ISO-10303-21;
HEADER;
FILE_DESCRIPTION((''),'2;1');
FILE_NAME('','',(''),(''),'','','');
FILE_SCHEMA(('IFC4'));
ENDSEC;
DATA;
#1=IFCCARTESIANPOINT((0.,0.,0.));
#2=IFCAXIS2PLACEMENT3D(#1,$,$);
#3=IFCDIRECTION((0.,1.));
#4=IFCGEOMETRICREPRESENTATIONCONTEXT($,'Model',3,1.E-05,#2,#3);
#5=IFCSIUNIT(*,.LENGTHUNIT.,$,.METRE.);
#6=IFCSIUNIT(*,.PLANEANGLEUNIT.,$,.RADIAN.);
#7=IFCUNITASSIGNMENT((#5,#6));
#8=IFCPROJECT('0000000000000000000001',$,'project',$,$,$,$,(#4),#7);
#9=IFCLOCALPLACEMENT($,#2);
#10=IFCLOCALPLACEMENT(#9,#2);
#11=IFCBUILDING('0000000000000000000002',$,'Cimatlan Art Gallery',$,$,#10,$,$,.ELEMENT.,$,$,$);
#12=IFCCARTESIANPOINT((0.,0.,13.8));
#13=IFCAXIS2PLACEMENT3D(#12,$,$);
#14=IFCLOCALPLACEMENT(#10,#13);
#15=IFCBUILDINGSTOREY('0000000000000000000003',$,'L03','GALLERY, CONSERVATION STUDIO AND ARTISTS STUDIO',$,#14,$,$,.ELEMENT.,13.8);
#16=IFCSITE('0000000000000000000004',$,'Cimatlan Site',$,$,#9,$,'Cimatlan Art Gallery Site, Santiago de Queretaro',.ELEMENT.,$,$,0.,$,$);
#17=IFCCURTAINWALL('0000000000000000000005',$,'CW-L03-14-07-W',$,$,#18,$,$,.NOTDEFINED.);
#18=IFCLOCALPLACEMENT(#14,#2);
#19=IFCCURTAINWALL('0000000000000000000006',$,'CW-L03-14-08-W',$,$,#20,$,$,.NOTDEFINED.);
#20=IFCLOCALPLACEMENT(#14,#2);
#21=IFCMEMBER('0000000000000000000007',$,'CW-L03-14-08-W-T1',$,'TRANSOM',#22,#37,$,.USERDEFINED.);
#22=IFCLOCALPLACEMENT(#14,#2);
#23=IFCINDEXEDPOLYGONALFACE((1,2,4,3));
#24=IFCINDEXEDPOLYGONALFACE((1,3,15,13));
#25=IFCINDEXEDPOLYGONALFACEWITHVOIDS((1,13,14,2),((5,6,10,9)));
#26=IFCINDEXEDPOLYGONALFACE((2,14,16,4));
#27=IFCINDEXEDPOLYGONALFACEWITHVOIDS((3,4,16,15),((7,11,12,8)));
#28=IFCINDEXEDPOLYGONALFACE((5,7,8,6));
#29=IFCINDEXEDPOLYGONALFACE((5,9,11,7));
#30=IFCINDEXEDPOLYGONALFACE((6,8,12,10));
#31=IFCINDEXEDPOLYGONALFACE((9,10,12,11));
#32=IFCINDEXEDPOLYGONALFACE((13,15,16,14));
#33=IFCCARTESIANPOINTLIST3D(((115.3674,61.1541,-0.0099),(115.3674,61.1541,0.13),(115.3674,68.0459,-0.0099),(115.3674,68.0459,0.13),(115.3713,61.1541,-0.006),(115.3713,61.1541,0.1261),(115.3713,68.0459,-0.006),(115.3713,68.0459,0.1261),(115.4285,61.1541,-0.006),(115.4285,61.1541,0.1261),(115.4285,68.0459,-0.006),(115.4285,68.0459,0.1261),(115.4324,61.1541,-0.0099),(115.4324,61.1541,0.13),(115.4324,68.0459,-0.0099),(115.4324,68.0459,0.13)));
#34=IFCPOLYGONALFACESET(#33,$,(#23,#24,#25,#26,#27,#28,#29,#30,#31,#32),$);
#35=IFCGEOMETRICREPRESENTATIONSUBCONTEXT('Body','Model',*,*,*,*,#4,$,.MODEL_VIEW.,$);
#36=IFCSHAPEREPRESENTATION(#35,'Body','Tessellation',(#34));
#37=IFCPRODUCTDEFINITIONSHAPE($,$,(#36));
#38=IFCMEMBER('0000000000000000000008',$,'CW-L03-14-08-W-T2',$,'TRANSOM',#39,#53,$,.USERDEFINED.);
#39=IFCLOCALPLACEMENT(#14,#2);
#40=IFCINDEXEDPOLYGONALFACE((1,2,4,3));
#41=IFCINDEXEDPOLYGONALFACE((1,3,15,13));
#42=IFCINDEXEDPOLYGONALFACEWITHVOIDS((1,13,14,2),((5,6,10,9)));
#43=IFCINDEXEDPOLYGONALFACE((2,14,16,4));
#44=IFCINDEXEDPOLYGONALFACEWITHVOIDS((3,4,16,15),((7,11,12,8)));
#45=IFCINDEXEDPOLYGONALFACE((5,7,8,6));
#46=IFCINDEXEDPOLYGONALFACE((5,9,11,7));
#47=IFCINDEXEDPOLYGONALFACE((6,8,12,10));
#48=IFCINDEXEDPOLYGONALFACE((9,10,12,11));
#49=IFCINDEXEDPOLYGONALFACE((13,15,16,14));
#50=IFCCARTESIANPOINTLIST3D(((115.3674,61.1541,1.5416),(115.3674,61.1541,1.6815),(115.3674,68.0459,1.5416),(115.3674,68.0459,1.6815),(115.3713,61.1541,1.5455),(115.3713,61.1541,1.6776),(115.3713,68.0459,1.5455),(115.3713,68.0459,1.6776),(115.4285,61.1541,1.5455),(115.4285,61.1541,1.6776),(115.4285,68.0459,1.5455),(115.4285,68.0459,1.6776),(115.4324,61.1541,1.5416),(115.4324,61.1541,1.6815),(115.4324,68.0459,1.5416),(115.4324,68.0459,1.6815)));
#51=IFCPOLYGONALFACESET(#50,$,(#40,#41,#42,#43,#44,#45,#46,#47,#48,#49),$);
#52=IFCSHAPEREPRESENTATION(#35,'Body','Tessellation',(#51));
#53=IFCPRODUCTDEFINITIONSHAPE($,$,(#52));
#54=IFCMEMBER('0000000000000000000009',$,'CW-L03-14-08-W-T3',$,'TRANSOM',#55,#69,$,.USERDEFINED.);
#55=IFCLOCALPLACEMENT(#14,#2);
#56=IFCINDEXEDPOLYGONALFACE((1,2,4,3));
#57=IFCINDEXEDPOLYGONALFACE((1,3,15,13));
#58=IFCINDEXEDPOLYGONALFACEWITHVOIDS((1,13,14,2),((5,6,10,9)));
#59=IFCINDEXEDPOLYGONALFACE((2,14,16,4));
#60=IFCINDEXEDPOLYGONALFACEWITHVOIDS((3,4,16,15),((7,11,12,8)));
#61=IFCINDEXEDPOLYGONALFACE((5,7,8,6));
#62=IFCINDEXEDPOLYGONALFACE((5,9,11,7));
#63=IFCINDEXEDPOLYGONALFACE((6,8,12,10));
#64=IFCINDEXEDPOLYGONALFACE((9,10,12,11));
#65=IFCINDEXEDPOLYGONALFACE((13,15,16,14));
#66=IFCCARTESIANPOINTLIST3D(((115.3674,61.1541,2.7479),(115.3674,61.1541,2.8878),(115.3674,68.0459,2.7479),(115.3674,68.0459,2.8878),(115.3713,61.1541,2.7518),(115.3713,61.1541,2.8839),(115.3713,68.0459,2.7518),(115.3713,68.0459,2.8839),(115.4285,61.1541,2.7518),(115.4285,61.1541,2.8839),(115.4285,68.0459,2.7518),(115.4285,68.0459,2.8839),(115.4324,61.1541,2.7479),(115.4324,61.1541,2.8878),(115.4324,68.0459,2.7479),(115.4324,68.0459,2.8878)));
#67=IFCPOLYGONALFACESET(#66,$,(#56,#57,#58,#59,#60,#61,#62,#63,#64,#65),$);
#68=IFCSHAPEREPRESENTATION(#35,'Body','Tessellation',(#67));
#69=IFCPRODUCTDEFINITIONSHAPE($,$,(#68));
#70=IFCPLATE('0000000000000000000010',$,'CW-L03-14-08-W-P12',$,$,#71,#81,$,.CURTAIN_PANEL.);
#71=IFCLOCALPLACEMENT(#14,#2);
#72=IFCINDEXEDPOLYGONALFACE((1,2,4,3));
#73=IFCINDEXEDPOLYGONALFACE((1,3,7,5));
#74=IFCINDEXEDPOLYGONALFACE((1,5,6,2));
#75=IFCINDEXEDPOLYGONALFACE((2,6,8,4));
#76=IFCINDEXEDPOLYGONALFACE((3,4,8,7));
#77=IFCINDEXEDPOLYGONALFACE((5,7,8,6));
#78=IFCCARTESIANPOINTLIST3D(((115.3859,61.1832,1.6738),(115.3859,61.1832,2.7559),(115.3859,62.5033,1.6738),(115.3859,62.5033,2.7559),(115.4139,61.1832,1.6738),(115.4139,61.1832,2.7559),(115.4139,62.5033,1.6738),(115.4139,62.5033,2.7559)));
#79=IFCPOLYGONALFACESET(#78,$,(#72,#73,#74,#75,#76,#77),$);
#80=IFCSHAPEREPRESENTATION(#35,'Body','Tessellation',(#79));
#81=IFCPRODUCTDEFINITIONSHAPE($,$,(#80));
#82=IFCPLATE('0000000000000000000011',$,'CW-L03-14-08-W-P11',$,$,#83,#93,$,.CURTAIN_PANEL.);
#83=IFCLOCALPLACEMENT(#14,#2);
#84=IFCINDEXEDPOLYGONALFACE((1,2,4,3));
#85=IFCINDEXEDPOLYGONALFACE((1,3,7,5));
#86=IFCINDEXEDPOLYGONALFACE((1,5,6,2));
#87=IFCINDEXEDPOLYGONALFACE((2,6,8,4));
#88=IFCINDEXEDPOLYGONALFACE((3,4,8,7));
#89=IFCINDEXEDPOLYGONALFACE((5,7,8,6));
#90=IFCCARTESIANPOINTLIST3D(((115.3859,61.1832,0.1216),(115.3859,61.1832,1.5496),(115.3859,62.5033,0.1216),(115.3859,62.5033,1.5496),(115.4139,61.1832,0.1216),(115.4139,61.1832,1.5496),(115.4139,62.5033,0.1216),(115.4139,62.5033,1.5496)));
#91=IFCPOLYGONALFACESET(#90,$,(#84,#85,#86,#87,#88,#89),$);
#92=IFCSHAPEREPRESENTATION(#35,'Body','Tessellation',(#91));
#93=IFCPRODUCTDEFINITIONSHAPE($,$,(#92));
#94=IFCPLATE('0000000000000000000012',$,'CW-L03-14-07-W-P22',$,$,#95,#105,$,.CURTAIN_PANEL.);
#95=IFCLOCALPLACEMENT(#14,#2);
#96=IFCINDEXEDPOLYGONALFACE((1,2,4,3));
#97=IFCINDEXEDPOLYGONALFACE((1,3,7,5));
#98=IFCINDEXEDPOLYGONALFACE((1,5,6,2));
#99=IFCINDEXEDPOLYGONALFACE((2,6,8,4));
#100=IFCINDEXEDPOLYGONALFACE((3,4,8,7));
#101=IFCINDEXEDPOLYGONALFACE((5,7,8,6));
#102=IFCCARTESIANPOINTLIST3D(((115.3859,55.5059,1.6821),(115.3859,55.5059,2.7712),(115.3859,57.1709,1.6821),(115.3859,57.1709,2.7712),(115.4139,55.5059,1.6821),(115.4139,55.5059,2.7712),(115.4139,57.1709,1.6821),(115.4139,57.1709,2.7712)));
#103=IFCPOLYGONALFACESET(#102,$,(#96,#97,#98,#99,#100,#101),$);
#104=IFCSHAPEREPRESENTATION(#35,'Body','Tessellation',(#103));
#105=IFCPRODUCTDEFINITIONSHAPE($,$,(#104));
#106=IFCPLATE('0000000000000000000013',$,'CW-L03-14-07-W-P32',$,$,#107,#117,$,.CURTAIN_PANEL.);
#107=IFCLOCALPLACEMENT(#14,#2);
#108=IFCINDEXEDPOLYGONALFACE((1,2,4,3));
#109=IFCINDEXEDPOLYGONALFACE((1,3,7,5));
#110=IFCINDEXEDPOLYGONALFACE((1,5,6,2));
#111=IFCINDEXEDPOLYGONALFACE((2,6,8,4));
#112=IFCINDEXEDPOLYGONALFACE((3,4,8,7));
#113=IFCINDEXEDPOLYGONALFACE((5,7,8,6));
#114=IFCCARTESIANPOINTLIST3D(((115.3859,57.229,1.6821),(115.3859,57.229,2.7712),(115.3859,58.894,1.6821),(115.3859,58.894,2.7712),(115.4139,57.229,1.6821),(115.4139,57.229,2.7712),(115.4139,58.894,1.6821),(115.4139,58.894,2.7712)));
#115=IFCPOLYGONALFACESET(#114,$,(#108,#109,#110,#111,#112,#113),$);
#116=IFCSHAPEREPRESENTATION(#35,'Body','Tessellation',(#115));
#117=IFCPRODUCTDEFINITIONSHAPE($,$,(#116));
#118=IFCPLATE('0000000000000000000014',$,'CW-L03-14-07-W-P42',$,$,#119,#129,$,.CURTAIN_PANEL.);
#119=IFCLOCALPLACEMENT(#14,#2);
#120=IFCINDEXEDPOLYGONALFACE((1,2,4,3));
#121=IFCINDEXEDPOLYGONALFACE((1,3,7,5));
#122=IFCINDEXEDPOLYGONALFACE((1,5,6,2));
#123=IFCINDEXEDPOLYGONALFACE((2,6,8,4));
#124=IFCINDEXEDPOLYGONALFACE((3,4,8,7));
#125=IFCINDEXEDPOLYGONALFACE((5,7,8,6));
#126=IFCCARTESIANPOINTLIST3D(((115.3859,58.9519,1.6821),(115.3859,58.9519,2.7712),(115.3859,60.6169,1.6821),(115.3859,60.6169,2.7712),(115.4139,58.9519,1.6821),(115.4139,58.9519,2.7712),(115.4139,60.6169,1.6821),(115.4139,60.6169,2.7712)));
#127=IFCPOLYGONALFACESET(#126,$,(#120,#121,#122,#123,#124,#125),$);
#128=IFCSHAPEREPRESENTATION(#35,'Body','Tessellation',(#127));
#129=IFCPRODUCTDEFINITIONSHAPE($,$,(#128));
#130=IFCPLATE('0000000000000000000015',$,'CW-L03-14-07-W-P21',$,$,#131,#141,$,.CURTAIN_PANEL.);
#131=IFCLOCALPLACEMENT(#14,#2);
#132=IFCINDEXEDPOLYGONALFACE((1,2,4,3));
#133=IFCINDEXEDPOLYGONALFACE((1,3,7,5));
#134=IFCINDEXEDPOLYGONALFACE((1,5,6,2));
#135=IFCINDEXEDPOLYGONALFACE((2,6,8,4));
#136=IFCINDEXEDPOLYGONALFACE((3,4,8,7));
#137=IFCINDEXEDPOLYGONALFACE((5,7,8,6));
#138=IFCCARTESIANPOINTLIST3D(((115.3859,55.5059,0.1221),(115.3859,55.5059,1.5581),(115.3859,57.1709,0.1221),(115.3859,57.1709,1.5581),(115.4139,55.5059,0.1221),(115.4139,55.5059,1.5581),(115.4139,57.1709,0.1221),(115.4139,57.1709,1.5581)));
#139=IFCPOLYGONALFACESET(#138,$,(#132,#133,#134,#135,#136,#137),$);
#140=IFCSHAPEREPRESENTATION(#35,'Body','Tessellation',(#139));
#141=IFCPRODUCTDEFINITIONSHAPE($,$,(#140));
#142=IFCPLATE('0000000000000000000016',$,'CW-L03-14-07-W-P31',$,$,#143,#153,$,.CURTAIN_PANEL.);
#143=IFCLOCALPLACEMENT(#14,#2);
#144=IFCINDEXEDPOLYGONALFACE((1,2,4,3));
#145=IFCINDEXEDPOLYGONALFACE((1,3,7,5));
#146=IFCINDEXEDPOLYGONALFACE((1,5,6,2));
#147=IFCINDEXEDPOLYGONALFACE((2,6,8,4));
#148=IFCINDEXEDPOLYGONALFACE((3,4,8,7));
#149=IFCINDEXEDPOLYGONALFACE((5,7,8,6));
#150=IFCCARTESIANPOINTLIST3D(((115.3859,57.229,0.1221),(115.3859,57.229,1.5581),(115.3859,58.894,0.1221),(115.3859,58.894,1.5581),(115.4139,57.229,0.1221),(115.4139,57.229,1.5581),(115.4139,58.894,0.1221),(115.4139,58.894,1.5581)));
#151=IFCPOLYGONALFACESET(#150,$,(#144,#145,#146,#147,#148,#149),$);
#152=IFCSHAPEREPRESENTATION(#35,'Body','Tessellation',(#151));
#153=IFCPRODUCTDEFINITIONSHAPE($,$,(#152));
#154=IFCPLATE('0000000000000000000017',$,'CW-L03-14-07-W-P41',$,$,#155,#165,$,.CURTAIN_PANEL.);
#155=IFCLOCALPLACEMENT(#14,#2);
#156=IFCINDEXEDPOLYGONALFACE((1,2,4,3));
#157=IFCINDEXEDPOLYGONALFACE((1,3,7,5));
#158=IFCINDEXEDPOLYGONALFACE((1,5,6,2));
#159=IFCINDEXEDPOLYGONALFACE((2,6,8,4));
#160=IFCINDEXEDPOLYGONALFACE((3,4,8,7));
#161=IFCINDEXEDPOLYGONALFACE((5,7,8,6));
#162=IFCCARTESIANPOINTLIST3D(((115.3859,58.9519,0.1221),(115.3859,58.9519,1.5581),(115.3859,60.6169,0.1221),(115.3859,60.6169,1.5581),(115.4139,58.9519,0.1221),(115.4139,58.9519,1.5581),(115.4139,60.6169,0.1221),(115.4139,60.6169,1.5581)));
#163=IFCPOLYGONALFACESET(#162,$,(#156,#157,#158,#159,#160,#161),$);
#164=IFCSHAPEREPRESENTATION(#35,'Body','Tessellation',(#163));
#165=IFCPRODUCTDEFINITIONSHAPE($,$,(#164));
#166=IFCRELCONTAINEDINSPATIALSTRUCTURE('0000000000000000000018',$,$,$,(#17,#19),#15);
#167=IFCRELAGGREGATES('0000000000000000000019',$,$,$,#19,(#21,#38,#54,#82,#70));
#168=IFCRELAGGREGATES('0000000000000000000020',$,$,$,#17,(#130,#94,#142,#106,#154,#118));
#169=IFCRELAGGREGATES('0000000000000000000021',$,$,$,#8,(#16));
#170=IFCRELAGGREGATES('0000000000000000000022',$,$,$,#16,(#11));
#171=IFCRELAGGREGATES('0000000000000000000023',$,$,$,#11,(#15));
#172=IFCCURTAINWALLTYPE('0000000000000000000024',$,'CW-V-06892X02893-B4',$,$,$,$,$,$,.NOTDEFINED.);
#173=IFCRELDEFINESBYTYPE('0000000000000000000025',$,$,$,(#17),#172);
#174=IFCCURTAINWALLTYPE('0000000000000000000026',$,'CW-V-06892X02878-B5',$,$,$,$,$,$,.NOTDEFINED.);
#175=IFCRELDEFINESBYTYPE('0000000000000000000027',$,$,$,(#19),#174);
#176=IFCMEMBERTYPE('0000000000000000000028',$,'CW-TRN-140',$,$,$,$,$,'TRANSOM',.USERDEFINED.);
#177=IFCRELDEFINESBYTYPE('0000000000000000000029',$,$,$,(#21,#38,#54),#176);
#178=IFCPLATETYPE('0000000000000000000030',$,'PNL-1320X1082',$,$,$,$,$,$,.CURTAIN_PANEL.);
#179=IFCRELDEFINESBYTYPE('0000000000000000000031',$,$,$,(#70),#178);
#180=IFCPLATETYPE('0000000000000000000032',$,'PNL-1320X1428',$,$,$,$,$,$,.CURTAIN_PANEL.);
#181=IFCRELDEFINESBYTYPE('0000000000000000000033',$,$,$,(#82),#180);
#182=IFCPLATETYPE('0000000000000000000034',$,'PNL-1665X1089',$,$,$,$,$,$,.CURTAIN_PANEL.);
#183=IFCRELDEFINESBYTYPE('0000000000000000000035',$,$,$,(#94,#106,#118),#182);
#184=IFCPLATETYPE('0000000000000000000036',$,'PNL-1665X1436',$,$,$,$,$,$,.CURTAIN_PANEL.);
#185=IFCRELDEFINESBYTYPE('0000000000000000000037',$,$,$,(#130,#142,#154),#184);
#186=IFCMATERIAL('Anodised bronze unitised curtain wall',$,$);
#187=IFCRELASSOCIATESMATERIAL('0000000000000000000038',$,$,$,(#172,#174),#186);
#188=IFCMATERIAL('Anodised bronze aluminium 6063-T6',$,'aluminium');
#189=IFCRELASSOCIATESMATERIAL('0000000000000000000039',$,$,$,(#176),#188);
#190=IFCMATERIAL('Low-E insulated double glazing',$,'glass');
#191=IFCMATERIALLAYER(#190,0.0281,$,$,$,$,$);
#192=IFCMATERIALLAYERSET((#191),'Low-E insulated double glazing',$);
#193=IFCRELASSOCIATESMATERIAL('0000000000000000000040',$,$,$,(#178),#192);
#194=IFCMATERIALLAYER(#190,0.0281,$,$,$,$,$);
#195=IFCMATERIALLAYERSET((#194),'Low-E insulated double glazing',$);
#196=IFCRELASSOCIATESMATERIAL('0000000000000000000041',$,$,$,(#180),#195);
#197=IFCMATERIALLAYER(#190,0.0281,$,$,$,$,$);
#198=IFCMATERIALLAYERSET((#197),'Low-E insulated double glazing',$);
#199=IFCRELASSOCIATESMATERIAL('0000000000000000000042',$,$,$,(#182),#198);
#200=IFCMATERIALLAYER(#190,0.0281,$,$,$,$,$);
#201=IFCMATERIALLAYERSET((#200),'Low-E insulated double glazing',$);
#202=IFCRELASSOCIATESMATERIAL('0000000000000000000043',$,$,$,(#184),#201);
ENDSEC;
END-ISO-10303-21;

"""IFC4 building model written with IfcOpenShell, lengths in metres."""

from ifc_helpers import new_model, si_unit, direction, frame, origin, origin_2d, place, context, subcontext, project, spatial, rectangle, hollow_rectangle, extrude, material, layer, layer_set, material_profile, profile_set, type_object, element, aggregate, save


model = new_model("IFC4")

# Units and contexts
model_context = context("Model", 3, precision=1e-05, world=origin(), true_north=direction((0.0, 1.0)))
body_context = subcontext(model_context, "Body", "Model", "MODEL_VIEW")
ifc_project = project(units=[si_unit("LENGTHUNIT", "METRE"), si_unit("PLANEANGLEUNIT", "RADIAN")], contexts=[model_context])

# Site, building, storey
site_placement = place(None, origin())
site = spatial("IfcSite", under=ifc_project, at=site_placement, Name="Cimatlan Site", LongName="Cimatlan Art Gallery Site, Santiago de Queretaro", CompositionType="ELEMENT", RefElevation=0.0)
building_placement = place(site_placement, origin())
building = spatial("IfcBuilding", under=site, at=building_placement, Name="Cimatlan Art Gallery", CompositionType="ELEMENT")
storey_placement = place(building_placement, frame((0.0, 0.0, 13.8)))
storey = spatial("IfcBuildingStorey", under=building, at=storey_placement, Name="L03", Description="GALLERY, CONSERVATION STUDIO AND ARTISTS STUDIO", CompositionType="ELEMENT", Elevation=13.8)

# Curtain walls
ifc_material_1 = material(Name="Anodised bronze unitised curtain wall")
curtain_wall_type_1 = type_object("IfcCurtainWallType", Name="CW-V-06892X02893-B4", PredefinedType="NOTDEFINED", material=ifc_material_1)
curtain_wall_1_placement = place(storey_placement, origin())
curtain_wall_1 = element("IfcCurtainWall", 1, at=curtain_wall_1_placement, inside=storey, type_object=curtain_wall_type_1, Name="CW-L03-14-07-W", PredefinedType="NOTDEFINED")
ifc_material_2 = material(Name="Anodised bronze aluminium 6063-T6", Category="aluminium")
curtain_wall_type_2 = type_object("IfcCurtainWallType", Name="CW-V-06892X02878-B5", PredefinedType="NOTDEFINED", material=ifc_material_1)
curtain_wall_2_placement = place(storey_placement, origin())
curtain_wall_2 = element("IfcCurtainWall", 2, at=curtain_wall_2_placement, inside=storey, type_object=curtain_wall_type_2, Name="CW-L03-14-08-W", PredefinedType="NOTDEFINED")

# Members
ifc_material_profile_1 = material_profile(ifc_material_2, hollow_rectangle(XDim=0.0649, YDim=0.1399, WallThickness=0.0039, at=origin_2d()), Name="ALU65X140X4")
ifc_profile_set_1 = profile_set([ifc_material_profile_1], Name="Anodised bronze aluminium 6063-T6")
member_type_1 = type_object("IfcMemberType", Name="CW-TRN-140", ElementType="TRANSOM", PredefinedType="USERDEFINED", material=ifc_profile_set_1)
member_1_placement = place(storey_placement, frame((115.3999, 61.1541, 0.0601), z_axis=(0.0, 1.0, 0.0), x_axis=(-1.0, 0.0, 0.0)))
member_1 = element("IfcMember", 3, at=member_1_placement, type_object=member_type_1, Name="CW-L03-14-08-W-T1", ObjectType="TRANSOM", PredefinedType="USERDEFINED", context=body_context, shape_type="SweptSolid", body=[
    extrude(hollow_rectangle(XDim=0.0649, YDim=0.1399, WallThickness=0.0039, at=origin_2d()), origin(), (0.0, 0.0, 1.0), 6.8918),
])
member_2_placement = place(storey_placement, frame((115.3999, 61.1541, 1.6116), z_axis=(0.0, 1.0, 0.0), x_axis=(-1.0, 0.0, 0.0)))
member_2 = element("IfcMember", 4, at=member_2_placement, type_object=member_type_1, Name="CW-L03-14-08-W-T2", ObjectType="TRANSOM", PredefinedType="USERDEFINED", context=body_context, shape_type="SweptSolid", body=[
    extrude(hollow_rectangle(XDim=0.0649, YDim=0.1399, WallThickness=0.0039, at=origin_2d()), origin(), (0.0, 0.0, 1.0), 6.8918),
])
member_3_placement = place(storey_placement, frame((115.3999, 61.1541, 2.8179), z_axis=(0.0, 1.0, 0.0), x_axis=(-1.0, 0.0, 0.0)))
member_3 = element("IfcMember", 5, at=member_3_placement, type_object=member_type_1, Name="CW-L03-14-08-W-T3", ObjectType="TRANSOM", PredefinedType="USERDEFINED", context=body_context, shape_type="SweptSolid", body=[
    extrude(hollow_rectangle(XDim=0.0649, YDim=0.1399, WallThickness=0.0039, at=origin_2d()), origin(), (0.0, 0.0, 1.0), 6.8918),
])

# Plates
ifc_material_3 = material(Name="Low-E insulated double glazing", Category="glass")
ifc_layer_1 = layer(ifc_material_3, 0.0281)
ifc_layer_set_1 = layer_set([ifc_layer_1], Name="Low-E insulated double glazing")
plate_type_1 = type_object("IfcPlateType", Name="PNL-1320X1082", PredefinedType="CURTAIN_PANEL", material=ifc_layer_set_1)
plate_1_placement = place(storey_placement, frame((115.3999, 61.8433, 1.6738), z_axis=(0.0, 0.0, 1.0), x_axis=(0.0, 1.0, 0.0)))
plate_1 = element("IfcPlate", 6, at=plate_1_placement, type_object=plate_type_1, Name="CW-L03-14-08-W-P12", PredefinedType="CURTAIN_PANEL", context=body_context, shape_type="SweptSolid", body=[
    extrude(rectangle(XDim=1.3201, YDim=0.0281, at=origin_2d()), origin(), (0.0, 0.0, 1.0), 1.082),
])
ifc_layer_2 = layer(ifc_material_3, 0.0281)
ifc_layer_set_2 = layer_set([ifc_layer_2], Name="Low-E insulated double glazing")
plate_type_2 = type_object("IfcPlateType", Name="PNL-1320X1428", PredefinedType="CURTAIN_PANEL", material=ifc_layer_set_2)
plate_2_placement = place(storey_placement, frame((115.3999, 61.8433, 0.1216), z_axis=(0.0, 0.0, 1.0), x_axis=(0.0, 1.0, 0.0)))
plate_2 = element("IfcPlate", 7, at=plate_2_placement, type_object=plate_type_2, Name="CW-L03-14-08-W-P11", PredefinedType="CURTAIN_PANEL", context=body_context, shape_type="SweptSolid", body=[
    extrude(rectangle(XDim=1.3201, YDim=0.0281, at=origin_2d()), origin(), (0.0, 0.0, 1.0), 1.428),
])
aggregate(curtain_wall_2, [member_1, member_2, member_3, plate_2, plate_1])
ifc_layer_3 = layer(ifc_material_3, 0.0281)
ifc_layer_set_3 = layer_set([ifc_layer_3], Name="Low-E insulated double glazing")
plate_type_3 = type_object("IfcPlateType", Name="PNL-1665X1089", PredefinedType="CURTAIN_PANEL", material=ifc_layer_set_3)
plate_3_placement = place(storey_placement, frame((115.3999, 56.3384, 1.6821), z_axis=(0.0, 0.0, 1.0), x_axis=(0.0, 1.0, 0.0)))
plate_3 = element("IfcPlate", 8, at=plate_3_placement, type_object=plate_type_3, Name="CW-L03-14-07-W-P22", PredefinedType="CURTAIN_PANEL", context=body_context, shape_type="SweptSolid", body=[
    extrude(rectangle(XDim=1.665, YDim=0.0281, at=origin_2d()), origin(), (0.0, 0.0, 1.0), 1.0891),
])
plate_4_placement = place(storey_placement, frame((115.3999, 58.0615, 1.6821), z_axis=(0.0, 0.0, 1.0), x_axis=(0.0, 1.0, 0.0)))
plate_4 = element("IfcPlate", 9, at=plate_4_placement, type_object=plate_type_3, Name="CW-L03-14-07-W-P32", PredefinedType="CURTAIN_PANEL", context=body_context, shape_type="SweptSolid", body=[
    extrude(rectangle(XDim=1.665, YDim=0.0281, at=origin_2d()), origin(), (0.0, 0.0, 1.0), 1.0891),
])
plate_5_placement = place(storey_placement, frame((115.3999, 59.7844, 1.6821), z_axis=(0.0, 0.0, 1.0), x_axis=(0.0, 1.0, 0.0)))
plate_5 = element("IfcPlate", 10, at=plate_5_placement, type_object=plate_type_3, Name="CW-L03-14-07-W-P42", PredefinedType="CURTAIN_PANEL", context=body_context, shape_type="SweptSolid", body=[
    extrude(rectangle(XDim=1.665, YDim=0.0281, at=origin_2d()), origin(), (0.0, 0.0, 1.0), 1.0891),
])
ifc_layer_4 = layer(ifc_material_3, 0.0281)
ifc_layer_set_4 = layer_set([ifc_layer_4], Name="Low-E insulated double glazing")
plate_type_4 = type_object("IfcPlateType", Name="PNL-1665X1436", PredefinedType="CURTAIN_PANEL", material=ifc_layer_set_4)
plate_6_placement = place(storey_placement, frame((115.3999, 56.3384, 0.1221), z_axis=(0.0, 0.0, 1.0), x_axis=(0.0, 1.0, 0.0)))
plate_6 = element("IfcPlate", 11, at=plate_6_placement, type_object=plate_type_4, Name="CW-L03-14-07-W-P21", PredefinedType="CURTAIN_PANEL", context=body_context, shape_type="SweptSolid", body=[
    extrude(rectangle(XDim=1.665, YDim=0.0281, at=origin_2d()), origin(), (0.0, 0.0, 1.0), 1.436),
])
plate_7_placement = place(storey_placement, frame((115.3999, 58.0615, 0.1221), z_axis=(0.0, 0.0, 1.0), x_axis=(0.0, 1.0, 0.0)))
plate_7 = element("IfcPlate", 12, at=plate_7_placement, type_object=plate_type_4, Name="CW-L03-14-07-W-P31", PredefinedType="CURTAIN_PANEL", context=body_context, shape_type="SweptSolid", body=[
    extrude(rectangle(XDim=1.665, YDim=0.0281, at=origin_2d()), origin(), (0.0, 0.0, 1.0), 1.436),
])
plate_8_placement = place(storey_placement, frame((115.3999, 59.7844, 0.1221), z_axis=(0.0, 0.0, 1.0), x_axis=(0.0, 1.0, 0.0)))
plate_8 = element("IfcPlate", 13, at=plate_8_placement, type_object=plate_type_4, Name="CW-L03-14-07-W-P41", PredefinedType="CURTAIN_PANEL", context=body_context, shape_type="SweptSolid", body=[
    extrude(rectangle(XDim=1.665, YDim=0.0281, at=origin_2d()), origin(), (0.0, 0.0, 1.0), 1.436),
])
aggregate(curtain_wall_1, [plate_6, plate_3, plate_7, plate_4, plate_8, plate_5])

save(model, "model.ifc")
